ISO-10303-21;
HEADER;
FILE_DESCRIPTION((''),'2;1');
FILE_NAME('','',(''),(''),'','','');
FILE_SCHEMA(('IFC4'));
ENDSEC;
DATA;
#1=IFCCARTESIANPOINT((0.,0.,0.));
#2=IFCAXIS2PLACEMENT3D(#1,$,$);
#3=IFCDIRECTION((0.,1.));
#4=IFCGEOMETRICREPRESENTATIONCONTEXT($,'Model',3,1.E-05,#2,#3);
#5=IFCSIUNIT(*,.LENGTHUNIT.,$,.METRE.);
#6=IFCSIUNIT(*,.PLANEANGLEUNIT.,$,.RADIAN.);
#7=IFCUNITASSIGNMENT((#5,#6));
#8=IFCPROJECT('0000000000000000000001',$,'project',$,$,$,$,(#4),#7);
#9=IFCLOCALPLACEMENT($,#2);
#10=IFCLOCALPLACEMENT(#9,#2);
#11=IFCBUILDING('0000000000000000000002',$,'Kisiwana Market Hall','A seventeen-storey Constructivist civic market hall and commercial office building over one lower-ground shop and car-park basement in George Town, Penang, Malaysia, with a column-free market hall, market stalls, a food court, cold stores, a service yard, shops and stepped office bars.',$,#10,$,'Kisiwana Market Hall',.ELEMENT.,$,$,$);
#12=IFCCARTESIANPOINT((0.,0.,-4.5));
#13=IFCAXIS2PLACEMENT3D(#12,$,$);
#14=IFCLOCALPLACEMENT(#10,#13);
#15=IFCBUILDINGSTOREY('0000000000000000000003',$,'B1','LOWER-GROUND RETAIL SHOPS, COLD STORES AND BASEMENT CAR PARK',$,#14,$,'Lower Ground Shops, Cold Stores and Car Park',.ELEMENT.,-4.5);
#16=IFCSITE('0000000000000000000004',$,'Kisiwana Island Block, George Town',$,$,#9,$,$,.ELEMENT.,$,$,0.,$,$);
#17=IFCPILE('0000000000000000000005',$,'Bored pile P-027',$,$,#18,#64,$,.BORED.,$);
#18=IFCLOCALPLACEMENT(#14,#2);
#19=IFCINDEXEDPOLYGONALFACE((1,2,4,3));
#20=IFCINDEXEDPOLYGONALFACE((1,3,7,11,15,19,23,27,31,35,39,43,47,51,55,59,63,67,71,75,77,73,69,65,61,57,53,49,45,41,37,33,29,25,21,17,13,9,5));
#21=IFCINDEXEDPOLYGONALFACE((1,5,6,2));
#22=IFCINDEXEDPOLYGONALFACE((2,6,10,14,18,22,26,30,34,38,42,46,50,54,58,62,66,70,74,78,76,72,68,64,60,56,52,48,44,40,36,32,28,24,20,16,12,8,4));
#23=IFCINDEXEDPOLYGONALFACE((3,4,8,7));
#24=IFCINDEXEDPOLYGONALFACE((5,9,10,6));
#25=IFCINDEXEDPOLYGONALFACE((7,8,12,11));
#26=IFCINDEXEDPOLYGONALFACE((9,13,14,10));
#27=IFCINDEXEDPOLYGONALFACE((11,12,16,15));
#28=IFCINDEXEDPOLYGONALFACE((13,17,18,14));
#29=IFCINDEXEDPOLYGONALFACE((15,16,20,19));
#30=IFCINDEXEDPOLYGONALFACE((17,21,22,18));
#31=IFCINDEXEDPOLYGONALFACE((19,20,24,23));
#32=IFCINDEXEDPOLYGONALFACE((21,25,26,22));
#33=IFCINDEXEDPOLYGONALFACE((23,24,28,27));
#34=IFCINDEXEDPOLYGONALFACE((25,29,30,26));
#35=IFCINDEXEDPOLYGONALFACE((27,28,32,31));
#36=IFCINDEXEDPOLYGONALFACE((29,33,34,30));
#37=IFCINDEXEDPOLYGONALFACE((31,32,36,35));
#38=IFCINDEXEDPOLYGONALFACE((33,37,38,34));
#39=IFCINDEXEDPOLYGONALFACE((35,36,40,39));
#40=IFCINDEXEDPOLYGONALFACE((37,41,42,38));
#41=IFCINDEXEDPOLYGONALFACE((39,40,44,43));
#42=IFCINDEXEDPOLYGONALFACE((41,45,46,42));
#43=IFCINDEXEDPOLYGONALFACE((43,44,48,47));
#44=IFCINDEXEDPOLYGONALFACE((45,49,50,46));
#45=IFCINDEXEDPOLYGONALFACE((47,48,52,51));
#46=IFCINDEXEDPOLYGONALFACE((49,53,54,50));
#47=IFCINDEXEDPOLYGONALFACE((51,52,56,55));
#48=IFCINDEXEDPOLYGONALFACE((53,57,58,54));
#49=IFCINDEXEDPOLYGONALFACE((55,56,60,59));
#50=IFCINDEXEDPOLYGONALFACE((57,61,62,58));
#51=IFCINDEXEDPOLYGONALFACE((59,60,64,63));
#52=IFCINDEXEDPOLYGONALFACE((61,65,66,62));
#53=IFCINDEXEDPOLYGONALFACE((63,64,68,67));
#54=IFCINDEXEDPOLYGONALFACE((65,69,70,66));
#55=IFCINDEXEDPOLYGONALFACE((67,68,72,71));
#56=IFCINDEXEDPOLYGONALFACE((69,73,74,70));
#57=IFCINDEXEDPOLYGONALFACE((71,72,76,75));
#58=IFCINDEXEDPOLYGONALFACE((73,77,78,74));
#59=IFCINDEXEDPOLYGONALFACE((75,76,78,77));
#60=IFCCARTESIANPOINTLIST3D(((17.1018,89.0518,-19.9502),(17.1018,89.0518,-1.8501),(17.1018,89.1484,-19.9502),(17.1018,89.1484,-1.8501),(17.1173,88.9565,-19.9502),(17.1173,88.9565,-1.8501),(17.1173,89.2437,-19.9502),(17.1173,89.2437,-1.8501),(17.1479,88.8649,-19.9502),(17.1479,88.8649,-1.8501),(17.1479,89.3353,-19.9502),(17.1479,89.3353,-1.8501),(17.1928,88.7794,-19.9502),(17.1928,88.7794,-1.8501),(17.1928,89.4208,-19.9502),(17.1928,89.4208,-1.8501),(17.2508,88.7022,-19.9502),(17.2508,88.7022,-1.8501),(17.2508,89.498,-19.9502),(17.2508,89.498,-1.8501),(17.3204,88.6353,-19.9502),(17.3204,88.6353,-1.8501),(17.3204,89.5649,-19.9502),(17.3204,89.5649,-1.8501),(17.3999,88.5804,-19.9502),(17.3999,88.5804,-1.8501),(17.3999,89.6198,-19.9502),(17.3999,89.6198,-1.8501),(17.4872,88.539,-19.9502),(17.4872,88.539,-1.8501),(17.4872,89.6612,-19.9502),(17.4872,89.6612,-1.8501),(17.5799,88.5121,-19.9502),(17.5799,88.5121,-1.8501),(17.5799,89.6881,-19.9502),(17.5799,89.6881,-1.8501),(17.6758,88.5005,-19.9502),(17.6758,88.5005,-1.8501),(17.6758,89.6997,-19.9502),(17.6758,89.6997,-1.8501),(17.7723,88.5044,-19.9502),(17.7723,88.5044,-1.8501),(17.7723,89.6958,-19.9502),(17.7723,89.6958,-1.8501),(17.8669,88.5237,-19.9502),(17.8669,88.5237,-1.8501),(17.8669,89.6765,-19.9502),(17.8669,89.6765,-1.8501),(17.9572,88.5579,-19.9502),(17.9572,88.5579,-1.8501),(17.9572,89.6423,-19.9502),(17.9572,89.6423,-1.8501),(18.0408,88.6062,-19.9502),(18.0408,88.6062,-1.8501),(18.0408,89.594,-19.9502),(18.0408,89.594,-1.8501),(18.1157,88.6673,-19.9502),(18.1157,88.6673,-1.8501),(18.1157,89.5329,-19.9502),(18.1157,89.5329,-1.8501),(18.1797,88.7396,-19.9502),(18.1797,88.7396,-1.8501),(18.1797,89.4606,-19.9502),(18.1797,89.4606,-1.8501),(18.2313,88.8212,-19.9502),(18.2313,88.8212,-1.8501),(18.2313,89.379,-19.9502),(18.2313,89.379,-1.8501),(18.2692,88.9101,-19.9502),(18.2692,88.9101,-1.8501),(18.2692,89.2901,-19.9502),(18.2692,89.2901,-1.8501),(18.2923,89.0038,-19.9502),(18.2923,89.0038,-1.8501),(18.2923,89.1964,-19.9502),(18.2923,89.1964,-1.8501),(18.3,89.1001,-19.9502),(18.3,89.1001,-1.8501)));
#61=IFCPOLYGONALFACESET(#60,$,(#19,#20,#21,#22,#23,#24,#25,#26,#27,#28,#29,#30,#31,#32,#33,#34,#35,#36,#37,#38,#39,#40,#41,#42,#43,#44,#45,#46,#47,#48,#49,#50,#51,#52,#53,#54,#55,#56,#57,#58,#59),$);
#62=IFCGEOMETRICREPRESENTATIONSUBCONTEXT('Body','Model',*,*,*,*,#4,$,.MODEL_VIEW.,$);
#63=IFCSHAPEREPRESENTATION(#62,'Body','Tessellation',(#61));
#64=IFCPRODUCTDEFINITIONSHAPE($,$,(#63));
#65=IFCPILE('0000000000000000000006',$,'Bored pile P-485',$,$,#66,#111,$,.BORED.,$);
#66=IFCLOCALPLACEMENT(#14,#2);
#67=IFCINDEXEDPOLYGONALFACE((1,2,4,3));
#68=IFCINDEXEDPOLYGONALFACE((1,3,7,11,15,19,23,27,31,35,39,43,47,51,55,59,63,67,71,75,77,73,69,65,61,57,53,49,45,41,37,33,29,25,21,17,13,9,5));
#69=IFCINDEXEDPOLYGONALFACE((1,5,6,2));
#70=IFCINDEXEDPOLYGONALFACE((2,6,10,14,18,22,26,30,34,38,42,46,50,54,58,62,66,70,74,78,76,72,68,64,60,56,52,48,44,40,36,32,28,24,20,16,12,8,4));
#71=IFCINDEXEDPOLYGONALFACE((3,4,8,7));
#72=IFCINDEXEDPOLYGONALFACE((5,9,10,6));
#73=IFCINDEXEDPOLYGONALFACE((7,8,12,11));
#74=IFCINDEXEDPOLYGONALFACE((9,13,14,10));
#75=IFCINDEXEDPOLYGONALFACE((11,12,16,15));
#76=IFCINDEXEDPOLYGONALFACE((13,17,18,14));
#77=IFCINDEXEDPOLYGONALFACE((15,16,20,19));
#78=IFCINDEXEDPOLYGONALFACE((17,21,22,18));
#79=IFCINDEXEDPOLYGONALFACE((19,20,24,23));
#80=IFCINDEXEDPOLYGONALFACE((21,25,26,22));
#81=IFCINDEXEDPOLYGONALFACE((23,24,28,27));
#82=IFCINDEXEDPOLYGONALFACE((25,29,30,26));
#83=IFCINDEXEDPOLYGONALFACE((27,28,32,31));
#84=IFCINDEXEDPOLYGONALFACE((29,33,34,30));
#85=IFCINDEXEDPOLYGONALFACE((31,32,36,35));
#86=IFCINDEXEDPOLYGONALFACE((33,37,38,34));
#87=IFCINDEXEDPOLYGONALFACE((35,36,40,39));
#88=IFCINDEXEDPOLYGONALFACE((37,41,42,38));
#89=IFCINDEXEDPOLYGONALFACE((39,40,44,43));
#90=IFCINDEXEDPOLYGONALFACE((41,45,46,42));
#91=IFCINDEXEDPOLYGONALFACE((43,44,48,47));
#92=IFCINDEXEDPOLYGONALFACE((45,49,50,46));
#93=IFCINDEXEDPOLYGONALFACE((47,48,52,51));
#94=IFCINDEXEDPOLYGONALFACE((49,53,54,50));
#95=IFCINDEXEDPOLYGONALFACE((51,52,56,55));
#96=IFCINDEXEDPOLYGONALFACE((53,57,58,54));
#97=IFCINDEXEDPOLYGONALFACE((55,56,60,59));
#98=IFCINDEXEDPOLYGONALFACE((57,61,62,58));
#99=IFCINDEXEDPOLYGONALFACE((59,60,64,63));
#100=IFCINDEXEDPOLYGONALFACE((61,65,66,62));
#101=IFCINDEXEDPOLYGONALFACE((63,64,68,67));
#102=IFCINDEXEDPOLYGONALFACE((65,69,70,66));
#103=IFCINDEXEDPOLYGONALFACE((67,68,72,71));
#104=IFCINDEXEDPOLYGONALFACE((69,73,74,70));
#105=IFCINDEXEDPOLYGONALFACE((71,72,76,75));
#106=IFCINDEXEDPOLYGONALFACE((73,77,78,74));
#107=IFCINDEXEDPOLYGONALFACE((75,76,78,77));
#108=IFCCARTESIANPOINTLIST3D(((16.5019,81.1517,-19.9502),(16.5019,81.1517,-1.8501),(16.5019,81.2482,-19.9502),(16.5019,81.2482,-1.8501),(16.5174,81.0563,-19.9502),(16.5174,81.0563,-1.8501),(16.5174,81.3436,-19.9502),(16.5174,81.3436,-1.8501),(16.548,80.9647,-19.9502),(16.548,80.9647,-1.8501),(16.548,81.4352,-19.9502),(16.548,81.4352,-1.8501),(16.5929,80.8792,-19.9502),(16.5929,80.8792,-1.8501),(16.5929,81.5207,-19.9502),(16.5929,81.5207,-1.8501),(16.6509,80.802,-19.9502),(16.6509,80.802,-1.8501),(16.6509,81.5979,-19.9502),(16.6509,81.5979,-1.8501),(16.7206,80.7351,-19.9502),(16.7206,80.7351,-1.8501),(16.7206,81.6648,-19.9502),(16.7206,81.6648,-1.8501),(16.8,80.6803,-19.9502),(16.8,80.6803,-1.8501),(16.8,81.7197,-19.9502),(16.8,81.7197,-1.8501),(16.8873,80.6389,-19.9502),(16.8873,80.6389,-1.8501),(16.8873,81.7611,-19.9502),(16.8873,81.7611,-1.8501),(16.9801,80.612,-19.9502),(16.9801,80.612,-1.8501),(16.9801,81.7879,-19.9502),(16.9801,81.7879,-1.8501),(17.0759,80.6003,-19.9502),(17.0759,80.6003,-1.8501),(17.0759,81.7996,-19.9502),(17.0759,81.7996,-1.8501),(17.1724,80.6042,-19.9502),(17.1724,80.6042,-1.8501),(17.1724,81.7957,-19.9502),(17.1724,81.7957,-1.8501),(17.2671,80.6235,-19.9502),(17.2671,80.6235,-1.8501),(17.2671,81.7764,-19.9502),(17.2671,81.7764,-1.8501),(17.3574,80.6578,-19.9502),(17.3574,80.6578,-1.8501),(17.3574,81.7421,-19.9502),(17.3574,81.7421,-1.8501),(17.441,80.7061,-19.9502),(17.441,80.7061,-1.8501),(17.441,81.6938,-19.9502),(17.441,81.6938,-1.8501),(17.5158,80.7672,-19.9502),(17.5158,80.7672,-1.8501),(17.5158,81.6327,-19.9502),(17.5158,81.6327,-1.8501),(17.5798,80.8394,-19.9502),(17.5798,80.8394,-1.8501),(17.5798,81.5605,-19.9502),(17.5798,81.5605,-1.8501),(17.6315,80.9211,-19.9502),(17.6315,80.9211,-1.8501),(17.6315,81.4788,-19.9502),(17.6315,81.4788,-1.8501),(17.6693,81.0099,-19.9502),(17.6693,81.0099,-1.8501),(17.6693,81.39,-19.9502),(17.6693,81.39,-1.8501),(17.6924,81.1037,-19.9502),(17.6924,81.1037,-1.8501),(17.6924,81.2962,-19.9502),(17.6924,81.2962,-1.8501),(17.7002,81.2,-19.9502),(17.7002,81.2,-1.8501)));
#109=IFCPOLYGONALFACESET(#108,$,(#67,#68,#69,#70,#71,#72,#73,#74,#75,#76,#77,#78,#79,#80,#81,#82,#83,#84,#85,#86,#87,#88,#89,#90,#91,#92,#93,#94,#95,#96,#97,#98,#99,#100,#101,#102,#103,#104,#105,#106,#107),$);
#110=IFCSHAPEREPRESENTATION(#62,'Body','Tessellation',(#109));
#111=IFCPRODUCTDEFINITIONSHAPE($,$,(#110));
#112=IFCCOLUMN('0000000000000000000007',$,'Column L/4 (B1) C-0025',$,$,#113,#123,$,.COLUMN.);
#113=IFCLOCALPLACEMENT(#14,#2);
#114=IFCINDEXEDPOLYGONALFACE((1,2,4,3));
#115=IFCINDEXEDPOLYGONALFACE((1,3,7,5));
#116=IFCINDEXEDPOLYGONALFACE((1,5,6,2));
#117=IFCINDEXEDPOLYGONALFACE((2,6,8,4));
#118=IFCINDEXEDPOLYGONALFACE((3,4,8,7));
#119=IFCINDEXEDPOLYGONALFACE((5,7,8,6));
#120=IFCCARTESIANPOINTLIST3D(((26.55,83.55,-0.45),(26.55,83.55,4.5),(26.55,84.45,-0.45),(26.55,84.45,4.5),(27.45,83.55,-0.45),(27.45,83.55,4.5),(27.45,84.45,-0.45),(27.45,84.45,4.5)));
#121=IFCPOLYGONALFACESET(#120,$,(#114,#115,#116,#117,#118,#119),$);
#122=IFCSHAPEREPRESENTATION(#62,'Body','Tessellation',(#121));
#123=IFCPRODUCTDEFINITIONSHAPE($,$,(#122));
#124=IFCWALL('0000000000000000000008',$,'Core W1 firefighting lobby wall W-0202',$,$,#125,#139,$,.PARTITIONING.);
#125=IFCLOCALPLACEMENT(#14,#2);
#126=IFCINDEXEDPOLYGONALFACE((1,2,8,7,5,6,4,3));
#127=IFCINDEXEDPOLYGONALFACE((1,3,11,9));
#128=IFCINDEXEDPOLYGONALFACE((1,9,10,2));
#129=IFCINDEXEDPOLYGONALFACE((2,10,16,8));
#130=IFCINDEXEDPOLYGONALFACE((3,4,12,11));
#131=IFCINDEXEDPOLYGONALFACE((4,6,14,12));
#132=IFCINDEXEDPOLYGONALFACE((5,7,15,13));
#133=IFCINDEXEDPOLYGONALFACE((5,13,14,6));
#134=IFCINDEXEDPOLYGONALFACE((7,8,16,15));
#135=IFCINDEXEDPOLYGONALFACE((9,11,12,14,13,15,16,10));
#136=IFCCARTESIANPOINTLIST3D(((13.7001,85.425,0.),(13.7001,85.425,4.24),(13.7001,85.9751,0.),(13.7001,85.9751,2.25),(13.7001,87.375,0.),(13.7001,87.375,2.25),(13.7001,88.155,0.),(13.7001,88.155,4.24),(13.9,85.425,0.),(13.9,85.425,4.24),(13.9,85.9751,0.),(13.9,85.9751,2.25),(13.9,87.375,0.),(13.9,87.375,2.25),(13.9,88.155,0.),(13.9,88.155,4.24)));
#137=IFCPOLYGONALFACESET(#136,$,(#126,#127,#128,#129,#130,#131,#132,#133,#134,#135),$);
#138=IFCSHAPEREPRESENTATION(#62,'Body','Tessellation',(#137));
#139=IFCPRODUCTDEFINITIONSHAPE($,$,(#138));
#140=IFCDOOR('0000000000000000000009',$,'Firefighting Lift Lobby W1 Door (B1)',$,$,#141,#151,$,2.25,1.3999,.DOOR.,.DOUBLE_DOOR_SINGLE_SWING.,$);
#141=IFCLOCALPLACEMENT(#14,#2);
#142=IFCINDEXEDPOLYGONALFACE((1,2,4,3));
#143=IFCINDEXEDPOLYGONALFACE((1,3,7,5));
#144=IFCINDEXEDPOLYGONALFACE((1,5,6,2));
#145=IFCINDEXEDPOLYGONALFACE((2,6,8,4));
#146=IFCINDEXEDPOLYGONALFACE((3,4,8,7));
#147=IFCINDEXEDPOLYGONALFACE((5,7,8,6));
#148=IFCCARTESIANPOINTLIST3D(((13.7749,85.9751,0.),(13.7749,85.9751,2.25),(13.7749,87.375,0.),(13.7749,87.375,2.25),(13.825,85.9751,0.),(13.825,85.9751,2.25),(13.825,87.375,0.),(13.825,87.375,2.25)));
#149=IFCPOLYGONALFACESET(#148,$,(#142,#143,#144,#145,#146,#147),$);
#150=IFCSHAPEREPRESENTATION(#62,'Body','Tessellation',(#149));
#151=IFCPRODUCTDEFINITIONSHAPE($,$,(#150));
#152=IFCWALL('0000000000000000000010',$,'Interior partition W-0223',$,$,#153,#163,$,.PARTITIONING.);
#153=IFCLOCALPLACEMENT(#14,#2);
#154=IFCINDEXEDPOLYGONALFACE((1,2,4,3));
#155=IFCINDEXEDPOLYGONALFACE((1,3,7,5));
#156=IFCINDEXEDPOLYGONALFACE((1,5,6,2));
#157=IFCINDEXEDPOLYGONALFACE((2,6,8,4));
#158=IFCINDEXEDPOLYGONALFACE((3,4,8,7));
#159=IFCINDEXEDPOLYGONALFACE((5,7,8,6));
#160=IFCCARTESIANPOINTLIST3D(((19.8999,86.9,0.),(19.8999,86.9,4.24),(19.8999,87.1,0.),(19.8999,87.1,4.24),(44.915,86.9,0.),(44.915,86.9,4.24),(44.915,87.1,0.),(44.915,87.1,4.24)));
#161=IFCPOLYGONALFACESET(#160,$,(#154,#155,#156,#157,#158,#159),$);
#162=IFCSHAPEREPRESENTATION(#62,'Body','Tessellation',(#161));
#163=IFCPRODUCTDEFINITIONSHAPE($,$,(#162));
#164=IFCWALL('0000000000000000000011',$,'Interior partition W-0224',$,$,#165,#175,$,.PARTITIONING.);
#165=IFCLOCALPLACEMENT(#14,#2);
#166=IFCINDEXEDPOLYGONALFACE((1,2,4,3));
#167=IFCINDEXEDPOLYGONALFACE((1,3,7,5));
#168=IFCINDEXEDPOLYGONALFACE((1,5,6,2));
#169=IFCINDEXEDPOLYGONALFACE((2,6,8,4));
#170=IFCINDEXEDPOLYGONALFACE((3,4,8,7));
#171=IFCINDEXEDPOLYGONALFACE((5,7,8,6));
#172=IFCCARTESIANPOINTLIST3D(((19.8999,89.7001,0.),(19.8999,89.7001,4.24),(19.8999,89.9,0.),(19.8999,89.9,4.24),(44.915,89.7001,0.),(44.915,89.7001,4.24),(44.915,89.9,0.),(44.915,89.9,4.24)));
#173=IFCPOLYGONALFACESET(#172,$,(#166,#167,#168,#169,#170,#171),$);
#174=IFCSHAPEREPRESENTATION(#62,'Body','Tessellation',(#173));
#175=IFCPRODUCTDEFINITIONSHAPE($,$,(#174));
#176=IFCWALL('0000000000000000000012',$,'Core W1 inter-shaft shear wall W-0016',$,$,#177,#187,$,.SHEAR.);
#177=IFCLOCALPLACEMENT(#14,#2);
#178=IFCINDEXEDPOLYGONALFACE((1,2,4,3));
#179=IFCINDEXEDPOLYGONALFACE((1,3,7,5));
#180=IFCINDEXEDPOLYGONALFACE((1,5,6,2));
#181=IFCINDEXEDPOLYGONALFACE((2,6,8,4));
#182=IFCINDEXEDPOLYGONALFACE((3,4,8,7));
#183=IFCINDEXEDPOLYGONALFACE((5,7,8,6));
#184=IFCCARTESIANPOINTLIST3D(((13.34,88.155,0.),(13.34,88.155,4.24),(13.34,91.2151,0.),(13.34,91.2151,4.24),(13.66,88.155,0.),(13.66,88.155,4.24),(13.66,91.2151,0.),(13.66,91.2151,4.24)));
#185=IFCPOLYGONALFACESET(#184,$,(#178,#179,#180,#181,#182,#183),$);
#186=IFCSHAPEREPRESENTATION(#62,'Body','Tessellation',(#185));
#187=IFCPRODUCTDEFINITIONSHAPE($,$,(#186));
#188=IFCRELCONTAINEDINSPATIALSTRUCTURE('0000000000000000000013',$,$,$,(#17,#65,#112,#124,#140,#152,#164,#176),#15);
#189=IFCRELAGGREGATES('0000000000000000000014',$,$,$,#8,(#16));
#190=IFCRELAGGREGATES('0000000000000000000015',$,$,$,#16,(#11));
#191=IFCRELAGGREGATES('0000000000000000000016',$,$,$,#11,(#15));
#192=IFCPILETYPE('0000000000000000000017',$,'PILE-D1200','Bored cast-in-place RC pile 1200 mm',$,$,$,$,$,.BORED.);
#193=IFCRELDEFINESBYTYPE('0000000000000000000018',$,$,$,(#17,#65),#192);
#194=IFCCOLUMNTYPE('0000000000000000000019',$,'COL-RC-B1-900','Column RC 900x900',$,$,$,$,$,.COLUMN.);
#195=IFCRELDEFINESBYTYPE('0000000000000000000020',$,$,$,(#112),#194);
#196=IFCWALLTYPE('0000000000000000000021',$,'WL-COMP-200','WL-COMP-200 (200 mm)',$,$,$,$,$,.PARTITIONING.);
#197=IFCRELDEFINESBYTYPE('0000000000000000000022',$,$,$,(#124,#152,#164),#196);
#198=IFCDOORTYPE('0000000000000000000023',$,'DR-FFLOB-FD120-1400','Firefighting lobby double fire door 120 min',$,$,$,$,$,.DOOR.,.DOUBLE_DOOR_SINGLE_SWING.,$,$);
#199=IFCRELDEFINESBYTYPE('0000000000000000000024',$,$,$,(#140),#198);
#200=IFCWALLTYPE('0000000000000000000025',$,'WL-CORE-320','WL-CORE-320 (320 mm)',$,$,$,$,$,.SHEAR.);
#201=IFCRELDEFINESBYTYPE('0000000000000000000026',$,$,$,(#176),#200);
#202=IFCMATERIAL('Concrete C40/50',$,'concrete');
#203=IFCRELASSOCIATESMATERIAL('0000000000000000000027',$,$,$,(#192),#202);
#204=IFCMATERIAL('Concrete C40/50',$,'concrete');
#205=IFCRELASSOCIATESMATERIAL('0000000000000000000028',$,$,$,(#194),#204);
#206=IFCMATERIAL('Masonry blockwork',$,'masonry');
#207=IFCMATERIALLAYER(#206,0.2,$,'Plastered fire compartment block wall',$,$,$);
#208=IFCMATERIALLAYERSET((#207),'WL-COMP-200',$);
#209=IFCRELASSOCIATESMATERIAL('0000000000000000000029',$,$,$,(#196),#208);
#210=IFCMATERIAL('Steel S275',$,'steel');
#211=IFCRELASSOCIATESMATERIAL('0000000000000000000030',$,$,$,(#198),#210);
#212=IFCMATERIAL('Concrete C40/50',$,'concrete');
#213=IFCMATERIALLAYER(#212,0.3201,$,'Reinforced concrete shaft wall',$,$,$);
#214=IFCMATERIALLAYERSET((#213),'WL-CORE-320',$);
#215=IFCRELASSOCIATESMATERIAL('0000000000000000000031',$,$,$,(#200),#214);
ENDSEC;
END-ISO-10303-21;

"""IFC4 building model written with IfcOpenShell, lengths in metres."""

from ifc_helpers import new_model, si_unit, direction, frame, frame_2d, origin, origin_2d, place, context, subcontext, project, spatial, rectangle, circle, extrude, material, layer, layer_set, material_profile, profile_set, type_object, element, fill, save


model = new_model("IFC4")

# Units and contexts
model_context = context("Model", 3, precision=1e-05, world=origin(), true_north=direction((0.0, 1.0)))
body_context = subcontext(model_context, "Body", "Model", "MODEL_VIEW")
ifc_project = project(units=[si_unit("LENGTHUNIT", "METRE"), si_unit("PLANEANGLEUNIT", "RADIAN")], contexts=[model_context])

# Site, building, storey
site_placement = place(None, origin())
site = spatial("IfcSite", under=ifc_project, at=site_placement, Name="Kisiwana Island Block, George Town", CompositionType="ELEMENT", RefElevation=0.0)
building_placement = place(site_placement, origin())
building = spatial("IfcBuilding", under=site, at=building_placement, Name="Kisiwana Market Hall", Description="A seventeen-storey Constructivist civic market hall and commercial office building over one lower-ground shop and car-park basement in George Town, Penang, Malaysia, with a column-free market hall, market stalls, a food court, cold stores, a service yard, shops and stepped office bars.", LongName="Kisiwana Market Hall", CompositionType="ELEMENT")
storey_placement = place(building_placement, frame((0.0, 0.0, -4.5)))
storey = spatial("IfcBuildingStorey", under=building, at=storey_placement, Name="B1", Description="LOWER-GROUND RETAIL SHOPS, COLD STORES AND BASEMENT CAR PARK", LongName="Lower Ground Shops, Cold Stores and Car Park", CompositionType="ELEMENT", Elevation=-4.5)

# Piles
ifc_material_1 = material(Name="Concrete C40/50", Category="concrete")
ifc_material_profile_1 = material_profile(ifc_material_1, circle(Radius=0.6001, at=origin_2d()), Name="BP D1200")
ifc_profile_set_1 = profile_set([ifc_material_profile_1], Name="Concrete C40/50")
pile_type_1 = type_object("IfcPileType", Name="PILE-D1200", Description="Bored cast-in-place RC pile 1200 mm", PredefinedType="BORED", material=ifc_profile_set_1)
for number, where, z_axis, x_axis, name in (
    (1, (17.7, 89.1001, -1.8501), (0.0, 0.0, -1.0), (1.0, 0.0, 0.0), "Bored pile P-027"),
    (2, (17.1001, 81.2, -1.8501), (0.0, 0.0, -1.0), (1.0, 0.0, 0.0), "Bored pile P-485"),
):
    element("IfcPile", number, at=place(storey_placement, frame(where, z_axis=z_axis, x_axis=x_axis)), inside=storey, type_object=pile_type_1, Name=name, PredefinedType="BORED", context=body_context, shape_type="SweptSolid", body=[
        extrude(circle(Radius=0.6001, at=origin_2d()), origin(), (0.0, 0.0, 1.0), 18.1001),
    ])

# Column
ifc_material_2 = material(Name="Concrete C40/50", Category="concrete")
ifc_material_profile_2 = material_profile(ifc_material_2, rectangle(XDim=0.8999, YDim=0.8999, at=origin_2d()), Name="RC 900x900")
ifc_profile_set_2 = profile_set([ifc_material_profile_2], Name="Concrete C40/50")
column_type = type_object("IfcColumnType", Name="COL-RC-B1-900", Description="Column RC 900x900", PredefinedType="COLUMN", material=ifc_profile_set_2)
column_placement = place(storey_placement, frame((27.0, 84.0, -0.45), z_axis=(0.0, 0.0, 1.0), x_axis=(1.0, 0.0, 0.0)))
element("IfcColumn", 3, at=column_placement, inside=storey, type_object=column_type, Name="Column L/4 (B1) C-0025", PredefinedType="COLUMN", context=body_context, shape_type="SweptSolid", body=[
    extrude(rectangle(XDim=0.8999, YDim=0.8999, at=origin_2d()), origin(), (0.0, 0.0, 1.0), 4.95),
])

# Wall, opening, door
ifc_material_3 = material(Name="Masonry blockwork", Category="masonry")
ifc_layer_1 = layer(ifc_material_3, 0.2, Name="Plastered fire compartment block wall")
ifc_layer_set_1 = layer_set([ifc_layer_1], Name="WL-COMP-200")
wall_type_1 = type_object("IfcWallType", Name="WL-COMP-200", Description="WL-COMP-200 (200 mm)", PredefinedType="PARTITIONING", material=ifc_layer_set_1)
wall_1_placement = place(storey_placement, frame((13.8, 85.425, 0.0), z_axis=(0.0, 0.0, 1.0), x_axis=(0.0, 1.0, 0.0)))
wall_1 = element("IfcWall", 4, at=wall_1_placement, inside=storey, type_object=wall_type_1, Name="Core W1 firefighting lobby wall W-0202", PredefinedType="PARTITIONING", context=body_context, shape_type="SweptSolid", body=[
    extrude(rectangle(XDim=2.73, YDim=0.2, at=frame_2d((1.365, 0.0))), origin(), (0.0, 0.0, 1.0), 4.24),
])
opening_1_placement = place(wall_1_placement, frame((0.55, 0.0, 0.0)))
opening_1 = element("IfcOpeningElement", 5, at=opening_1_placement, cuts=wall_1, PredefinedType="OPENING", context=body_context, shape_type="SweptSolid", body=[
    extrude(rectangle(XDim=1.3999, YDim=2.25, at=frame_2d((0.7, 1.125))), frame((0.0, 0.1118, 0.0), z_axis=(0.0, -1.0, 0.0), x_axis=(1.0, 0.0, 0.0)), (0.0, 0.0, 1.0), 0.2239),
])
ifc_material_4 = material(Name="Steel S275", Category="steel")
door_type_1 = type_object("IfcDoorType", Name="DR-FFLOB-FD120-1400", Description="Firefighting lobby double fire door 120 min", OperationType="DOUBLE_DOOR_SINGLE_SWING", PredefinedType="DOOR", material=ifc_material_4)
door_1_placement = place(opening_1_placement, frame((1.3999, 0.0, 0.0), z_axis=(0.0, 0.0, 1.0), x_axis=(-1.0, 0.0, 0.0)))
door_1 = element("IfcDoor", 6, at=door_1_placement, inside=storey, type_object=door_type_1, Name="Firefighting Lift Lobby W1 Door (B1)", OperationType="DOUBLE_DOOR_SINGLE_SWING", OverallHeight=2.25, OverallWidth=1.3999, PredefinedType="DOOR", context=body_context, shape_type="SweptSolid", body=[
    extrude(rectangle(XDim=1.3999, YDim=2.25, at=frame_2d((0.7, 1.125))), frame((0.0, 0.0249, 0.0), z_axis=(0.0, -1.0, 0.0), x_axis=(1.0, 0.0, 0.0)), (0.0, 0.0, 1.0), 0.05),
])
fill(opening_1, door_1)

# Walls
for number, where, z_axis, x_axis, name in (
    (7, (19.8999, 87.0, 0.0), (0.0, 0.0, 1.0), (1.0, 0.0, 0.0), "Interior partition W-0223"),
    (8, (19.8999, 89.8, 0.0), (0.0, 0.0, 1.0), (1.0, 0.0, 0.0), "Interior partition W-0224"),
):
    element("IfcWall", number, at=place(storey_placement, frame(where, z_axis=z_axis, x_axis=x_axis)), inside=storey, type_object=wall_type_1, Name=name, PredefinedType="PARTITIONING", context=body_context, shape_type="SweptSolid", body=[
        extrude(rectangle(XDim=25.0151, YDim=0.2, at=frame_2d((12.5076, 0.0))), origin(), (0.0, 0.0, 1.0), 4.24),
    ])
ifc_material_5 = material(Name="Concrete C40/50", Category="concrete")
ifc_layer_2 = layer(ifc_material_5, 0.3201, Name="Reinforced concrete shaft wall")
ifc_layer_set_2 = layer_set([ifc_layer_2], Name="WL-CORE-320")
wall_type_2 = type_object("IfcWallType", Name="WL-CORE-320", Description="WL-CORE-320 (320 mm)", PredefinedType="SHEAR", material=ifc_layer_set_2)
wall_2_placement = place(storey_placement, frame((13.5, 88.155, 0.0), z_axis=(0.0, 0.0, 1.0), x_axis=(0.0, 1.0, 0.0)))
element("IfcWall", 9, at=wall_2_placement, inside=storey, type_object=wall_type_2, Name="Core W1 inter-shaft shear wall W-0016", PredefinedType="SHEAR", context=body_context, shape_type="SweptSolid", body=[
    extrude(rectangle(XDim=3.0601, YDim=0.3201, at=frame_2d((1.53, 0.0))), origin(), (0.0, 0.0, 1.0), 4.24),
])

save(model, "model.ifc")
